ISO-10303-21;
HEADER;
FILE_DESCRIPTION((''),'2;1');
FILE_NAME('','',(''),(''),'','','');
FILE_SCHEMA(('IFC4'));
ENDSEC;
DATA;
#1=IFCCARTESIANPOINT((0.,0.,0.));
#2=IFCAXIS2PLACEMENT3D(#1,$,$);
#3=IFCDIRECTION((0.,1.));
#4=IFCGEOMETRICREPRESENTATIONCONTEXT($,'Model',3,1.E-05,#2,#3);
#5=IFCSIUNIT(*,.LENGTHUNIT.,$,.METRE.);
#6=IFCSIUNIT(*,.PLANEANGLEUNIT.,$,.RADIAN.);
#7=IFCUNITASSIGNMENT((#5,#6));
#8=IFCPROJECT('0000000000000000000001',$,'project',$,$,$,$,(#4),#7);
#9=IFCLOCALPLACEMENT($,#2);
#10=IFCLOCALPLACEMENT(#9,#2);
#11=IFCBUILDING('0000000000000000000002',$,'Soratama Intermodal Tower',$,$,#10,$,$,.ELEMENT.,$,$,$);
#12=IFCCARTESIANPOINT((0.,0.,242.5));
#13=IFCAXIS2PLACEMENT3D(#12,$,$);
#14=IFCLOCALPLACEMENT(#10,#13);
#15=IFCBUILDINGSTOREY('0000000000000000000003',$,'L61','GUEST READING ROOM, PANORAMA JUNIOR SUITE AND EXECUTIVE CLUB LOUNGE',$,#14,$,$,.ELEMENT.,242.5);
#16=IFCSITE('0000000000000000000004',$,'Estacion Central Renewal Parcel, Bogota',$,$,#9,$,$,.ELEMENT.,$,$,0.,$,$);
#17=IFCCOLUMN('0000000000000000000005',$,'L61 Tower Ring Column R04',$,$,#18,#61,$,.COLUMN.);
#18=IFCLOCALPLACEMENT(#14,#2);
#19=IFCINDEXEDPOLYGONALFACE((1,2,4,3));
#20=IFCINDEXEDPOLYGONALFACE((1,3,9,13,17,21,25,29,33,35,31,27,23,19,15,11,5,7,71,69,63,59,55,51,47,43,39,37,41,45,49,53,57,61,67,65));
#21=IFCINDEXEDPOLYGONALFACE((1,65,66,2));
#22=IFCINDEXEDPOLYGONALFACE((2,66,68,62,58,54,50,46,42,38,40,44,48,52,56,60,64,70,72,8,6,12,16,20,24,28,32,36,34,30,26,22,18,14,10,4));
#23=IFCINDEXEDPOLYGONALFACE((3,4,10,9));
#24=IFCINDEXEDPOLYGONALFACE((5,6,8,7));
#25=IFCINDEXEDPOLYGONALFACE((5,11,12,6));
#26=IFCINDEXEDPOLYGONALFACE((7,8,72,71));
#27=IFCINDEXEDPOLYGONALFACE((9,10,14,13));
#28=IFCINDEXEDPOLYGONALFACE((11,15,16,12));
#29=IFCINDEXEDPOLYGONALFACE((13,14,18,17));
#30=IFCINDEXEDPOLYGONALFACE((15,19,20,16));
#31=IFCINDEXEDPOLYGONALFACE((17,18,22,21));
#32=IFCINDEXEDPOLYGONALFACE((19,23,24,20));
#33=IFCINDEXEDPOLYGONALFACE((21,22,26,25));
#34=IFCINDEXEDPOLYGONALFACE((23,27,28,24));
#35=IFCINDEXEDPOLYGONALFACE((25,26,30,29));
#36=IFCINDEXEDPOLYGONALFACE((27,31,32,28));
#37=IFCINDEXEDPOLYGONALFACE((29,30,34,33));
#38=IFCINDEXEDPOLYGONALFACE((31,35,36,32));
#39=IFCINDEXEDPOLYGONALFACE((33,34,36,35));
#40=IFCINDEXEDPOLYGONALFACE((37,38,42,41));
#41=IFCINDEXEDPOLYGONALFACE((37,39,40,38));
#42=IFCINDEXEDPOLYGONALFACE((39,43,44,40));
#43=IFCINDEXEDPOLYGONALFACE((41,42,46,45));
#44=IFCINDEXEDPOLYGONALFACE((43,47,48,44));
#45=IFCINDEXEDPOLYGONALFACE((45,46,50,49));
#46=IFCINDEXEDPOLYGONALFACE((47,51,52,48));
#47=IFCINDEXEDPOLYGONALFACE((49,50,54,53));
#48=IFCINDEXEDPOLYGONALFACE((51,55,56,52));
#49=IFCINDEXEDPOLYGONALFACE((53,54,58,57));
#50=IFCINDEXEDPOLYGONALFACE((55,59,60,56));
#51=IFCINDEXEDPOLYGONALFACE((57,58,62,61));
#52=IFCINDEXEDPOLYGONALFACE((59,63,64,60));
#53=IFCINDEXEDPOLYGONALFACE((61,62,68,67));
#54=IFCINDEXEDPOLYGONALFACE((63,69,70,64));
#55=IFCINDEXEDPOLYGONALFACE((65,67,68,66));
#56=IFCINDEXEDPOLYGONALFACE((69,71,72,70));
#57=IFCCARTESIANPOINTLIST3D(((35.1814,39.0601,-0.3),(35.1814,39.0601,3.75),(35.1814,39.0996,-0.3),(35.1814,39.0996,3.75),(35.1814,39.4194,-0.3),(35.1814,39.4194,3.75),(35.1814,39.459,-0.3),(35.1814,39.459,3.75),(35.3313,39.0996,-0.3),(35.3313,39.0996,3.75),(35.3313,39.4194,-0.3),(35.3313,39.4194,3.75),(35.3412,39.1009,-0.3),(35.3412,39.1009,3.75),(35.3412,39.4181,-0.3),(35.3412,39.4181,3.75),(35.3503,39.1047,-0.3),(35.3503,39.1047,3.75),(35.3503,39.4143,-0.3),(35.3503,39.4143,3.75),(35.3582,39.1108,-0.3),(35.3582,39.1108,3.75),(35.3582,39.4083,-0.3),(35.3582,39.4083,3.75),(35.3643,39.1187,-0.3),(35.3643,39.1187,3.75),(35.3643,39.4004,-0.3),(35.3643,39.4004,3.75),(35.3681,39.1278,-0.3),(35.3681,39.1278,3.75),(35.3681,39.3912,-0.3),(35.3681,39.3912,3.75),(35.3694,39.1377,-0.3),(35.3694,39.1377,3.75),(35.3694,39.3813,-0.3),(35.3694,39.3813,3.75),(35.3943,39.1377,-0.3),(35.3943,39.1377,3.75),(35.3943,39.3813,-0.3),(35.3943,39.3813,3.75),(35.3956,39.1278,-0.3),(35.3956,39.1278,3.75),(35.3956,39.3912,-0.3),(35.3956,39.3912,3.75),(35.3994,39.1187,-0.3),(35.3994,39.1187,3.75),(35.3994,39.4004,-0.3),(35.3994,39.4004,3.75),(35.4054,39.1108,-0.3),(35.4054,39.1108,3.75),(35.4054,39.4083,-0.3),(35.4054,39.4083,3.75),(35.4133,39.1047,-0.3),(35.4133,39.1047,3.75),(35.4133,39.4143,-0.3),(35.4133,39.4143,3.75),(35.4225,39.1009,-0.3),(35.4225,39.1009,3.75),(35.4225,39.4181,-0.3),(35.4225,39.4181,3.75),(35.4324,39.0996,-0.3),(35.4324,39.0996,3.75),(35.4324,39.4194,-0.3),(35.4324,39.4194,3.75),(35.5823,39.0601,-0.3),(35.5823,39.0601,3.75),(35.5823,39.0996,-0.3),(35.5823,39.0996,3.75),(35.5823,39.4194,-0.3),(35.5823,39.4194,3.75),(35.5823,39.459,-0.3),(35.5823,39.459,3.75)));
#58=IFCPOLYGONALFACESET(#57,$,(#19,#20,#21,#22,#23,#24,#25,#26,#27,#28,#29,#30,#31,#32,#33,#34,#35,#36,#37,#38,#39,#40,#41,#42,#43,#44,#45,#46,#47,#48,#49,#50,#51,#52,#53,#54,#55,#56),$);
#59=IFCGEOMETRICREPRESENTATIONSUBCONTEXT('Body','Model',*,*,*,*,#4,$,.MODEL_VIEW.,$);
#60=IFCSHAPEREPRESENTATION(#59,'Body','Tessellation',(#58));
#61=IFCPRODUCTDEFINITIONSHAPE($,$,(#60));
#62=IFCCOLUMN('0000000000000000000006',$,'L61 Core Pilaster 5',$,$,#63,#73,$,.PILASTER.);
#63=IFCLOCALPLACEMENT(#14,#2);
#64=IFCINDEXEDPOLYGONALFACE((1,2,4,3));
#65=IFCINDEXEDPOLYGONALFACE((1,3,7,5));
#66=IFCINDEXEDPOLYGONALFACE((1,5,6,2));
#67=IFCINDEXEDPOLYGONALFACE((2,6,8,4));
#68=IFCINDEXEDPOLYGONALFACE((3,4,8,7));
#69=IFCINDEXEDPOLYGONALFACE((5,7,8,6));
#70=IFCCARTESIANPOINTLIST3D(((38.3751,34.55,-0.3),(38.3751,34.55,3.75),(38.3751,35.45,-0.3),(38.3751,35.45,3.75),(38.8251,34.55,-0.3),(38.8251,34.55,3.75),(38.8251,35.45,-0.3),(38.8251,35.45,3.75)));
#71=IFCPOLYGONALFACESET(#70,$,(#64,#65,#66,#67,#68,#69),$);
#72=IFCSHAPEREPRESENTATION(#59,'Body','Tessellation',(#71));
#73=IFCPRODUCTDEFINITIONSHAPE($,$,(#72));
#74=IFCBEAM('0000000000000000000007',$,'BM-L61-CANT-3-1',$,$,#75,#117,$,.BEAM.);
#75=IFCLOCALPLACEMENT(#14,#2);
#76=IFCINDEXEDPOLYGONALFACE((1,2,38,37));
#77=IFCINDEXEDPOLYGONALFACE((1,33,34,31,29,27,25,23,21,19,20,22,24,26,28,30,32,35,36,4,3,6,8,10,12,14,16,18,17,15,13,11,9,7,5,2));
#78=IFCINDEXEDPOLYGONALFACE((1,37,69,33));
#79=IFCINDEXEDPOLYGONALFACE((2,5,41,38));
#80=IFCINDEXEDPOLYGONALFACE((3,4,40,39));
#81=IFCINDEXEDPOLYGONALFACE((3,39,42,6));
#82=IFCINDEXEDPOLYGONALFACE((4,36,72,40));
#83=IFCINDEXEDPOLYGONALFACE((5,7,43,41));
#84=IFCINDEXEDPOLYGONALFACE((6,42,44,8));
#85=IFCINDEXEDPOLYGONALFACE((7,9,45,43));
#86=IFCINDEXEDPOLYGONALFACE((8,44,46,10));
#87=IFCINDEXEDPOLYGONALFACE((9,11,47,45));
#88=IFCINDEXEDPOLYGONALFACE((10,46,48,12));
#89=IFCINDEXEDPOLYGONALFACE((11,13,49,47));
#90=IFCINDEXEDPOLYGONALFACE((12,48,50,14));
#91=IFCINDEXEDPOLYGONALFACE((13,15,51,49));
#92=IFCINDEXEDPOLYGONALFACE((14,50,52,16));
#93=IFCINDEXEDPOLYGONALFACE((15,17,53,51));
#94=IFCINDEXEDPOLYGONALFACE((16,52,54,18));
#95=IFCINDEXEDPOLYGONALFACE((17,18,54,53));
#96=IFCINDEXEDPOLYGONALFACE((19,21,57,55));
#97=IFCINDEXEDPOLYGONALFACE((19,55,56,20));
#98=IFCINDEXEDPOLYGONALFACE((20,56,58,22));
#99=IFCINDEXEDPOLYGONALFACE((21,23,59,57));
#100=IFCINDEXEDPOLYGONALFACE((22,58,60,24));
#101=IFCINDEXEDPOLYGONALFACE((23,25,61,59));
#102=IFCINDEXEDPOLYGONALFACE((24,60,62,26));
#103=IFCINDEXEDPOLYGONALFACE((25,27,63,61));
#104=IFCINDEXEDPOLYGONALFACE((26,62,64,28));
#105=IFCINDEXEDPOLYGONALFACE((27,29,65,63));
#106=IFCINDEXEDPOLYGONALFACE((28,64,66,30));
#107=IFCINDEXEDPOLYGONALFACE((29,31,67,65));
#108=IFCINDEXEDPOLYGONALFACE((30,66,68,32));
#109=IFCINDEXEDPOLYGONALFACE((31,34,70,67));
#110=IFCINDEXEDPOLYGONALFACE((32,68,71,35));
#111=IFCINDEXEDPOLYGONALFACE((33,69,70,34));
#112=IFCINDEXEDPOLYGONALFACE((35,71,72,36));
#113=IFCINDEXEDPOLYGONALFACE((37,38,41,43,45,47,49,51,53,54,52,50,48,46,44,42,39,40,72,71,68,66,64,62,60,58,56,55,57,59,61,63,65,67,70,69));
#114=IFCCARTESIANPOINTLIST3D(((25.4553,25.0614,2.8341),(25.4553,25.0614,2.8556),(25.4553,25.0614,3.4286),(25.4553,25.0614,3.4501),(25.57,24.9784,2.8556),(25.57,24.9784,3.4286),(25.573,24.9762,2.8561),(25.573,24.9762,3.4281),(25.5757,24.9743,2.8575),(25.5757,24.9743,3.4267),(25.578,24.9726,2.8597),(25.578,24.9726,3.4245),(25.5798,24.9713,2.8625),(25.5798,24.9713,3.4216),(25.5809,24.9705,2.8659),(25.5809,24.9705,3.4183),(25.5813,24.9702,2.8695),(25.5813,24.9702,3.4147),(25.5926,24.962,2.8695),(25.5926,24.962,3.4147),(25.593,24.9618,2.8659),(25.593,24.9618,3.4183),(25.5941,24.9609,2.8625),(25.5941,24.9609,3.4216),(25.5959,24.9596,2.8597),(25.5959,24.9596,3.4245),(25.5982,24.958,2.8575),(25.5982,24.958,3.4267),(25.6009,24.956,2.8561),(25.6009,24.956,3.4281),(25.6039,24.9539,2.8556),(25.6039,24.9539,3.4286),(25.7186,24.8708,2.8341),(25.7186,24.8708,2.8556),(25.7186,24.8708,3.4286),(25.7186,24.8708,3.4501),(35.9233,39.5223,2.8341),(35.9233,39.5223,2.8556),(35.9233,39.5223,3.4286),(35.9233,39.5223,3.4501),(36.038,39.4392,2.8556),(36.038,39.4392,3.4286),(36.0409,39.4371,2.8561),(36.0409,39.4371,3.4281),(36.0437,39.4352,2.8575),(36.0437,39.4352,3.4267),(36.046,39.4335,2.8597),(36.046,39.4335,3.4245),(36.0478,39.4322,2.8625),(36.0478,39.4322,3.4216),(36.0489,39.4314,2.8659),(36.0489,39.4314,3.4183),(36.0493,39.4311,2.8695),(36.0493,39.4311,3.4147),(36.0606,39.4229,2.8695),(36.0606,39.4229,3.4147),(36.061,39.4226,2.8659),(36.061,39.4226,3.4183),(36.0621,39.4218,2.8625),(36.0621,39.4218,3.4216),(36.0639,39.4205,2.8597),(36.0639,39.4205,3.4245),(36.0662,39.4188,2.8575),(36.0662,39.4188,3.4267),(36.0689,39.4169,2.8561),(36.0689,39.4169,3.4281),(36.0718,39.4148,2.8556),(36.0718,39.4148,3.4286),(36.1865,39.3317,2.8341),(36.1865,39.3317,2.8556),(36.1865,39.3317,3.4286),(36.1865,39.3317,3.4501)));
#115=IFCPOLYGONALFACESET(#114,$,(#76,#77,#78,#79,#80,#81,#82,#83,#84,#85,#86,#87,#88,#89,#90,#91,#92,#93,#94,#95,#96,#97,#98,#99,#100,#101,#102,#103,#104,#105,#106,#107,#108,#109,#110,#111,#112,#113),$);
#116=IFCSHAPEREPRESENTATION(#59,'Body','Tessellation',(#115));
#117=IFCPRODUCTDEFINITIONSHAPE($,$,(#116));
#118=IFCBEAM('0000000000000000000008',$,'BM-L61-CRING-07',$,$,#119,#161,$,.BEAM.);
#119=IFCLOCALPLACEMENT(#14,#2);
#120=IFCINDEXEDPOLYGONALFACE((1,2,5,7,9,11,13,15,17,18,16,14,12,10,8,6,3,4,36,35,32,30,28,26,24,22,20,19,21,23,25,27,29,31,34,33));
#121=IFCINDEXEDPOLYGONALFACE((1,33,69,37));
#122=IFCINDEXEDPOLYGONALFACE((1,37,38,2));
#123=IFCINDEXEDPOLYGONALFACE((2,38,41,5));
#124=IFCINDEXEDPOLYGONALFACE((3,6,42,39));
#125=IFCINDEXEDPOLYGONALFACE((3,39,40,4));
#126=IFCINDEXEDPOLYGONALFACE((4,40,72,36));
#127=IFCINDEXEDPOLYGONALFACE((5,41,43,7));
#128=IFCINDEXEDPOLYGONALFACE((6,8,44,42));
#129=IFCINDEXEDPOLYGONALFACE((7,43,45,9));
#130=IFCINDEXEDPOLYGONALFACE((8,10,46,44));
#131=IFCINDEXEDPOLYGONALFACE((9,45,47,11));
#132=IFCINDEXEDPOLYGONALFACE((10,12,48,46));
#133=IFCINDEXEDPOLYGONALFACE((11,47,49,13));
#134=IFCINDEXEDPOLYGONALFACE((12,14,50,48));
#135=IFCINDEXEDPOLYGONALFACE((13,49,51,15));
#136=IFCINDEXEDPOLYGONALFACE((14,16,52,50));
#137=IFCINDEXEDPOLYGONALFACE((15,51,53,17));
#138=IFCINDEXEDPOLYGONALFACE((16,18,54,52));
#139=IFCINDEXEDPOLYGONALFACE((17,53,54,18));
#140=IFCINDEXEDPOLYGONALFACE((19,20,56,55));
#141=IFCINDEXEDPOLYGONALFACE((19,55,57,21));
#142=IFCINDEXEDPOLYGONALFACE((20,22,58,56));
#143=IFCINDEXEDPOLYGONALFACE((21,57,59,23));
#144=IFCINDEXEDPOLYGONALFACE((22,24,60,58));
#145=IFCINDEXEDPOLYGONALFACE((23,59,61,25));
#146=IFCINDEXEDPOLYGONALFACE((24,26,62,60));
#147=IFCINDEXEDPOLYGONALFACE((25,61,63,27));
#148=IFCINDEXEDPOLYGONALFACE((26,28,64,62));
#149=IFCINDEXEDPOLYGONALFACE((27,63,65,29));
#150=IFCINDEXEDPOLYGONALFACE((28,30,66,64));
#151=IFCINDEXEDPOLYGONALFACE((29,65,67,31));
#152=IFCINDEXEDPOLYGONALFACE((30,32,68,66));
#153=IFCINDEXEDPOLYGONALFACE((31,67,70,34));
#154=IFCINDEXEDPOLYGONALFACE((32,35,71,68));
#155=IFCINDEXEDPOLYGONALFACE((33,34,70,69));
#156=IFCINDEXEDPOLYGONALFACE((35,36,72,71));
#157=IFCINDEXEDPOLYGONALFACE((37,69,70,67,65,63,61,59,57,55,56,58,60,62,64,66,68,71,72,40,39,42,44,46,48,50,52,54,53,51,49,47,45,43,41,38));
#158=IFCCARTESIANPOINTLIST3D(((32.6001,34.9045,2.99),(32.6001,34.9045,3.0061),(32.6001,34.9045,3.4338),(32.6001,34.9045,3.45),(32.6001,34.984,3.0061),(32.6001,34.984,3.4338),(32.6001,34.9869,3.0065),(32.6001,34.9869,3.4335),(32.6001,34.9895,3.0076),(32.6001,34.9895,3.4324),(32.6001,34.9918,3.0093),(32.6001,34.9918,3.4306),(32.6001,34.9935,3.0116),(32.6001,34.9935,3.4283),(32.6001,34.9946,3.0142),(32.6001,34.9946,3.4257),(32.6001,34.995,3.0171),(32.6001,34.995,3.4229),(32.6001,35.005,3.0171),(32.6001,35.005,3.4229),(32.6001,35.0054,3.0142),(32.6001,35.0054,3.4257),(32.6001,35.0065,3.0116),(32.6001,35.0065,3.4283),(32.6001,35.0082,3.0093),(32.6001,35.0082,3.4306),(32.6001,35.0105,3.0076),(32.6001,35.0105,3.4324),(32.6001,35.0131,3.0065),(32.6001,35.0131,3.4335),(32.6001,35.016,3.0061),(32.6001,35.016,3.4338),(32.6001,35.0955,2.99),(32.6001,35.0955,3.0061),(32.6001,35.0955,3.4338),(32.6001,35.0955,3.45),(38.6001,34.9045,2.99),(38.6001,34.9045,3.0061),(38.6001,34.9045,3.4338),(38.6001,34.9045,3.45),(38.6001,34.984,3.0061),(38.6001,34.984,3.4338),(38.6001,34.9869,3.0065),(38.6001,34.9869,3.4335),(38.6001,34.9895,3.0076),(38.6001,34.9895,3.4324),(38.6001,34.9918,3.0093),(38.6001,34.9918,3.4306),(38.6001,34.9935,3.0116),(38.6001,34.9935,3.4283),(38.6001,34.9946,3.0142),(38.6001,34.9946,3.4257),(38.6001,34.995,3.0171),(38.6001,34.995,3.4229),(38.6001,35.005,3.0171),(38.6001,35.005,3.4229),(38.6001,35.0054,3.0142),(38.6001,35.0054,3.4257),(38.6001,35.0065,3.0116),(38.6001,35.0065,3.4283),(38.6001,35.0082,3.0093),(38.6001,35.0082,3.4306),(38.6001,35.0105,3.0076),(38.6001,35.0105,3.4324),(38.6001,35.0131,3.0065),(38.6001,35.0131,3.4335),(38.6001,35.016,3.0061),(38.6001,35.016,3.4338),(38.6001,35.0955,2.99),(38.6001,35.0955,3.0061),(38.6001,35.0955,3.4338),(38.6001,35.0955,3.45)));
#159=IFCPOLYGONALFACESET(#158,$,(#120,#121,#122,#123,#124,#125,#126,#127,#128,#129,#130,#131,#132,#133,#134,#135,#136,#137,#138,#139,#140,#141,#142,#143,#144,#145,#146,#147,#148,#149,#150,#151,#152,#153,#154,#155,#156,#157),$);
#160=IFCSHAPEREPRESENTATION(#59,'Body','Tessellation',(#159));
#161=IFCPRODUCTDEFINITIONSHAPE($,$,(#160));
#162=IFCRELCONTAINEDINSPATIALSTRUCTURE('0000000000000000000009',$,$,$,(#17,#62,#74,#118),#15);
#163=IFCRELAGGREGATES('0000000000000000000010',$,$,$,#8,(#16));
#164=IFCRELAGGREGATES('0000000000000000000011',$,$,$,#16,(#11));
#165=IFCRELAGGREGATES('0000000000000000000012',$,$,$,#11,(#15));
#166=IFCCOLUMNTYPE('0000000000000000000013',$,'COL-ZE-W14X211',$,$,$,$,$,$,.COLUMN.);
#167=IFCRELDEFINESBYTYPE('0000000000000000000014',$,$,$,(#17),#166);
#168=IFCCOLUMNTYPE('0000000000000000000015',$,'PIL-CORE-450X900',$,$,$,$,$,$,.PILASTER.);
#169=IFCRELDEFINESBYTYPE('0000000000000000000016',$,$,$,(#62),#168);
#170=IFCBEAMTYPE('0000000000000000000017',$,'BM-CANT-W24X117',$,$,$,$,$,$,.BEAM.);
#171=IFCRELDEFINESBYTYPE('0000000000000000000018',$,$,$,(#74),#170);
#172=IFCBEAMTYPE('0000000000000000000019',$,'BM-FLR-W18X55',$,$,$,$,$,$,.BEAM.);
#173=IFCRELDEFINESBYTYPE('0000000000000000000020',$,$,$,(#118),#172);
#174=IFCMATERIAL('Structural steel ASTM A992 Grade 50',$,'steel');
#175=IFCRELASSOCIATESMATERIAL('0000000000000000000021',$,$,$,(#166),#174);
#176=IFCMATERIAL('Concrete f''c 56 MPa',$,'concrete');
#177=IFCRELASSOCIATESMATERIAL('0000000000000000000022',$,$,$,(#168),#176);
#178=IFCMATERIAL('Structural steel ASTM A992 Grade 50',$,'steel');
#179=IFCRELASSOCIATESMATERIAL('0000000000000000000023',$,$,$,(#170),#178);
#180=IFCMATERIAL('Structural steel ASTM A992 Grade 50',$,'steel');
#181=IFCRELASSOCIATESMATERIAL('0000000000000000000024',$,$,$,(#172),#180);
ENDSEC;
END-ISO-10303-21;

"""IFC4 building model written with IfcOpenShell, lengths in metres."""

from ifc_helpers import new_model, si_unit, direction, frame, origin, origin_2d, place, context, subcontext, project, spatial, rectangle, i_section, extrude, material, material_profile, profile_set, type_object, element, save


model = new_model("IFC4")

# Units and contexts
model_context = context("Model", 3, precision=1e-05, world=origin(), true_north=direction((0.0, 1.0)))
body_context = subcontext(model_context, "Body", "Model", "MODEL_VIEW")
ifc_project = project(units=[si_unit("LENGTHUNIT", "METRE"), si_unit("PLANEANGLEUNIT", "RADIAN")], contexts=[model_context])

# Site, building, storey
site_placement = place(None, origin())
site = spatial("IfcSite", under=ifc_project, at=site_placement, Name="Estacion Central Renewal Parcel, Bogota", CompositionType="ELEMENT", RefElevation=0.0)
building_placement = place(site_placement, origin())
building = spatial("IfcBuilding", under=site, at=building_placement, Name="Soratama Intermodal Tower", CompositionType="ELEMENT")
storey_placement = place(building_placement, frame((0.0, 0.0, 242.5)))
storey = spatial("IfcBuildingStorey", under=building, at=storey_placement, Name="L61", Description="GUEST READING ROOM, PANORAMA JUNIOR SUITE AND EXECUTIVE CLUB LOUNGE", CompositionType="ELEMENT", Elevation=242.5)

# Columns
ifc_material_1 = material(Name="Structural steel ASTM A992 Grade 50", Category="steel")
ifc_material_profile_1 = material_profile(ifc_material_1, i_section(OverallWidth=0.4009, OverallDepth=0.3989, WebThickness=0.0249, FlangeThickness=0.0396, FilletRadius=0.0381, at=origin_2d()), Name="W14X211")
ifc_profile_set_1 = profile_set([ifc_material_profile_1], Name="Structural steel ASTM A992 Grade 50")
column_type_1 = type_object("IfcColumnType", Name="COL-ZE-W14X211", PredefinedType="COLUMN", material=ifc_profile_set_1)
column_1_placement = place(storey_placement, frame((35.3818, 39.2595, -0.3), z_axis=(0.0, 0.0, 1.0), x_axis=(1.0, 0.0, 0.0)))
element("IfcColumn", 1, at=column_1_placement, inside=storey, type_object=column_type_1, Name="L61 Tower Ring Column R04", PredefinedType="COLUMN", context=body_context, shape_type="SweptSolid", body=[
    extrude(i_section(OverallWidth=0.4009, OverallDepth=0.3989, WebThickness=0.0249, FlangeThickness=0.0396, FilletRadius=0.0381, at=origin_2d()), origin(), (0.0, 0.0, 1.0), 4.05),
])
ifc_material_2 = material(Name="Concrete f'c 56 MPa", Category="concrete")
ifc_material_profile_2 = material_profile(ifc_material_2, rectangle(XDim=0.45, YDim=0.8999, at=origin_2d()), Name="RC450X900")
ifc_profile_set_2 = profile_set([ifc_material_profile_2], Name="Concrete f'c 56 MPa")
column_type_2 = type_object("IfcColumnType", Name="PIL-CORE-450X900", PredefinedType="PILASTER", material=ifc_profile_set_2)
column_2_placement = place(storey_placement, frame((38.6001, 35.0, -0.3), z_axis=(0.0, 0.0, 1.0), x_axis=(1.0, 0.0, 0.0)))
element("IfcColumn", 2, at=column_2_placement, inside=storey, type_object=column_type_2, Name="L61 Core Pilaster 5", PredefinedType="PILASTER", context=body_context, shape_type="SweptSolid", body=[
    extrude(rectangle(XDim=0.45, YDim=0.8999, at=origin_2d()), origin(), (0.0, 0.0, 1.0), 4.05),
])

# Beams
ifc_material_3 = material(Name="Structural steel ASTM A992 Grade 50", Category="steel")
ifc_material_profile_3 = material_profile(ifc_material_3, i_section(OverallWidth=0.325, OverallDepth=0.616, WebThickness=0.0139, FlangeThickness=0.0215, FilletRadius=0.0139, at=origin_2d()), Name="W24X117")
ifc_profile_set_3 = profile_set([ifc_material_profile_3], Name="Structural steel ASTM A992 Grade 50")
beam_type_1 = type_object("IfcBeamType", Name="BM-CANT-W24X117", PredefinedType="BEAM", material=ifc_profile_set_3)
beam_1_placement = place(storey_placement, frame((36.0549, 39.427, 3.1421), z_axis=(-0.586374, -0.81004, 0.0), x_axis=(0.81004, -0.586374, 0.0)))
element("IfcBeam", 3, at=beam_1_placement, inside=storey, type_object=beam_type_1, Name="BM-L61-CANT-3-1", PredefinedType="BEAM", context=body_context, shape_type="SweptSolid", body=[
    extrude(i_section(OverallWidth=0.325, OverallDepth=0.616, WebThickness=0.0139, FlangeThickness=0.0215, FilletRadius=0.0139, at=origin_2d()), origin(), (0.0, 0.0, 1.0), 17.8521),
])
ifc_material_4 = material(Name="Structural steel ASTM A992 Grade 50", Category="steel")
ifc_material_profile_4 = material_profile(ifc_material_4, i_section(OverallWidth=0.1909, OverallDepth=0.46, WebThickness=0.01, FlangeThickness=0.0161, FilletRadius=0.011, at=origin_2d()), Name="W18X55")
ifc_profile_set_4 = profile_set([ifc_material_profile_4], Name="Structural steel ASTM A992 Grade 50")
beam_type_2 = type_object("IfcBeamType", Name="BM-FLR-W18X55", PredefinedType="BEAM", material=ifc_profile_set_4)
beam_2_placement = place(storey_placement, frame((38.6001, 35.0, 3.22), z_axis=(-1.0, 0.0, 0.0), x_axis=(0.0, -1.0, 0.0)))
element("IfcBeam", 4, at=beam_2_placement, inside=storey, type_object=beam_type_2, Name="BM-L61-CRING-07", PredefinedType="BEAM", context=body_context, shape_type="SweptSolid", body=[
    extrude(i_section(OverallWidth=0.1909, OverallDepth=0.46, WebThickness=0.01, FlangeThickness=0.0161, FilletRadius=0.011, at=origin_2d()), origin(), (0.0, 0.0, 1.0), 6.0),
])

save(model, "model.ifc")
